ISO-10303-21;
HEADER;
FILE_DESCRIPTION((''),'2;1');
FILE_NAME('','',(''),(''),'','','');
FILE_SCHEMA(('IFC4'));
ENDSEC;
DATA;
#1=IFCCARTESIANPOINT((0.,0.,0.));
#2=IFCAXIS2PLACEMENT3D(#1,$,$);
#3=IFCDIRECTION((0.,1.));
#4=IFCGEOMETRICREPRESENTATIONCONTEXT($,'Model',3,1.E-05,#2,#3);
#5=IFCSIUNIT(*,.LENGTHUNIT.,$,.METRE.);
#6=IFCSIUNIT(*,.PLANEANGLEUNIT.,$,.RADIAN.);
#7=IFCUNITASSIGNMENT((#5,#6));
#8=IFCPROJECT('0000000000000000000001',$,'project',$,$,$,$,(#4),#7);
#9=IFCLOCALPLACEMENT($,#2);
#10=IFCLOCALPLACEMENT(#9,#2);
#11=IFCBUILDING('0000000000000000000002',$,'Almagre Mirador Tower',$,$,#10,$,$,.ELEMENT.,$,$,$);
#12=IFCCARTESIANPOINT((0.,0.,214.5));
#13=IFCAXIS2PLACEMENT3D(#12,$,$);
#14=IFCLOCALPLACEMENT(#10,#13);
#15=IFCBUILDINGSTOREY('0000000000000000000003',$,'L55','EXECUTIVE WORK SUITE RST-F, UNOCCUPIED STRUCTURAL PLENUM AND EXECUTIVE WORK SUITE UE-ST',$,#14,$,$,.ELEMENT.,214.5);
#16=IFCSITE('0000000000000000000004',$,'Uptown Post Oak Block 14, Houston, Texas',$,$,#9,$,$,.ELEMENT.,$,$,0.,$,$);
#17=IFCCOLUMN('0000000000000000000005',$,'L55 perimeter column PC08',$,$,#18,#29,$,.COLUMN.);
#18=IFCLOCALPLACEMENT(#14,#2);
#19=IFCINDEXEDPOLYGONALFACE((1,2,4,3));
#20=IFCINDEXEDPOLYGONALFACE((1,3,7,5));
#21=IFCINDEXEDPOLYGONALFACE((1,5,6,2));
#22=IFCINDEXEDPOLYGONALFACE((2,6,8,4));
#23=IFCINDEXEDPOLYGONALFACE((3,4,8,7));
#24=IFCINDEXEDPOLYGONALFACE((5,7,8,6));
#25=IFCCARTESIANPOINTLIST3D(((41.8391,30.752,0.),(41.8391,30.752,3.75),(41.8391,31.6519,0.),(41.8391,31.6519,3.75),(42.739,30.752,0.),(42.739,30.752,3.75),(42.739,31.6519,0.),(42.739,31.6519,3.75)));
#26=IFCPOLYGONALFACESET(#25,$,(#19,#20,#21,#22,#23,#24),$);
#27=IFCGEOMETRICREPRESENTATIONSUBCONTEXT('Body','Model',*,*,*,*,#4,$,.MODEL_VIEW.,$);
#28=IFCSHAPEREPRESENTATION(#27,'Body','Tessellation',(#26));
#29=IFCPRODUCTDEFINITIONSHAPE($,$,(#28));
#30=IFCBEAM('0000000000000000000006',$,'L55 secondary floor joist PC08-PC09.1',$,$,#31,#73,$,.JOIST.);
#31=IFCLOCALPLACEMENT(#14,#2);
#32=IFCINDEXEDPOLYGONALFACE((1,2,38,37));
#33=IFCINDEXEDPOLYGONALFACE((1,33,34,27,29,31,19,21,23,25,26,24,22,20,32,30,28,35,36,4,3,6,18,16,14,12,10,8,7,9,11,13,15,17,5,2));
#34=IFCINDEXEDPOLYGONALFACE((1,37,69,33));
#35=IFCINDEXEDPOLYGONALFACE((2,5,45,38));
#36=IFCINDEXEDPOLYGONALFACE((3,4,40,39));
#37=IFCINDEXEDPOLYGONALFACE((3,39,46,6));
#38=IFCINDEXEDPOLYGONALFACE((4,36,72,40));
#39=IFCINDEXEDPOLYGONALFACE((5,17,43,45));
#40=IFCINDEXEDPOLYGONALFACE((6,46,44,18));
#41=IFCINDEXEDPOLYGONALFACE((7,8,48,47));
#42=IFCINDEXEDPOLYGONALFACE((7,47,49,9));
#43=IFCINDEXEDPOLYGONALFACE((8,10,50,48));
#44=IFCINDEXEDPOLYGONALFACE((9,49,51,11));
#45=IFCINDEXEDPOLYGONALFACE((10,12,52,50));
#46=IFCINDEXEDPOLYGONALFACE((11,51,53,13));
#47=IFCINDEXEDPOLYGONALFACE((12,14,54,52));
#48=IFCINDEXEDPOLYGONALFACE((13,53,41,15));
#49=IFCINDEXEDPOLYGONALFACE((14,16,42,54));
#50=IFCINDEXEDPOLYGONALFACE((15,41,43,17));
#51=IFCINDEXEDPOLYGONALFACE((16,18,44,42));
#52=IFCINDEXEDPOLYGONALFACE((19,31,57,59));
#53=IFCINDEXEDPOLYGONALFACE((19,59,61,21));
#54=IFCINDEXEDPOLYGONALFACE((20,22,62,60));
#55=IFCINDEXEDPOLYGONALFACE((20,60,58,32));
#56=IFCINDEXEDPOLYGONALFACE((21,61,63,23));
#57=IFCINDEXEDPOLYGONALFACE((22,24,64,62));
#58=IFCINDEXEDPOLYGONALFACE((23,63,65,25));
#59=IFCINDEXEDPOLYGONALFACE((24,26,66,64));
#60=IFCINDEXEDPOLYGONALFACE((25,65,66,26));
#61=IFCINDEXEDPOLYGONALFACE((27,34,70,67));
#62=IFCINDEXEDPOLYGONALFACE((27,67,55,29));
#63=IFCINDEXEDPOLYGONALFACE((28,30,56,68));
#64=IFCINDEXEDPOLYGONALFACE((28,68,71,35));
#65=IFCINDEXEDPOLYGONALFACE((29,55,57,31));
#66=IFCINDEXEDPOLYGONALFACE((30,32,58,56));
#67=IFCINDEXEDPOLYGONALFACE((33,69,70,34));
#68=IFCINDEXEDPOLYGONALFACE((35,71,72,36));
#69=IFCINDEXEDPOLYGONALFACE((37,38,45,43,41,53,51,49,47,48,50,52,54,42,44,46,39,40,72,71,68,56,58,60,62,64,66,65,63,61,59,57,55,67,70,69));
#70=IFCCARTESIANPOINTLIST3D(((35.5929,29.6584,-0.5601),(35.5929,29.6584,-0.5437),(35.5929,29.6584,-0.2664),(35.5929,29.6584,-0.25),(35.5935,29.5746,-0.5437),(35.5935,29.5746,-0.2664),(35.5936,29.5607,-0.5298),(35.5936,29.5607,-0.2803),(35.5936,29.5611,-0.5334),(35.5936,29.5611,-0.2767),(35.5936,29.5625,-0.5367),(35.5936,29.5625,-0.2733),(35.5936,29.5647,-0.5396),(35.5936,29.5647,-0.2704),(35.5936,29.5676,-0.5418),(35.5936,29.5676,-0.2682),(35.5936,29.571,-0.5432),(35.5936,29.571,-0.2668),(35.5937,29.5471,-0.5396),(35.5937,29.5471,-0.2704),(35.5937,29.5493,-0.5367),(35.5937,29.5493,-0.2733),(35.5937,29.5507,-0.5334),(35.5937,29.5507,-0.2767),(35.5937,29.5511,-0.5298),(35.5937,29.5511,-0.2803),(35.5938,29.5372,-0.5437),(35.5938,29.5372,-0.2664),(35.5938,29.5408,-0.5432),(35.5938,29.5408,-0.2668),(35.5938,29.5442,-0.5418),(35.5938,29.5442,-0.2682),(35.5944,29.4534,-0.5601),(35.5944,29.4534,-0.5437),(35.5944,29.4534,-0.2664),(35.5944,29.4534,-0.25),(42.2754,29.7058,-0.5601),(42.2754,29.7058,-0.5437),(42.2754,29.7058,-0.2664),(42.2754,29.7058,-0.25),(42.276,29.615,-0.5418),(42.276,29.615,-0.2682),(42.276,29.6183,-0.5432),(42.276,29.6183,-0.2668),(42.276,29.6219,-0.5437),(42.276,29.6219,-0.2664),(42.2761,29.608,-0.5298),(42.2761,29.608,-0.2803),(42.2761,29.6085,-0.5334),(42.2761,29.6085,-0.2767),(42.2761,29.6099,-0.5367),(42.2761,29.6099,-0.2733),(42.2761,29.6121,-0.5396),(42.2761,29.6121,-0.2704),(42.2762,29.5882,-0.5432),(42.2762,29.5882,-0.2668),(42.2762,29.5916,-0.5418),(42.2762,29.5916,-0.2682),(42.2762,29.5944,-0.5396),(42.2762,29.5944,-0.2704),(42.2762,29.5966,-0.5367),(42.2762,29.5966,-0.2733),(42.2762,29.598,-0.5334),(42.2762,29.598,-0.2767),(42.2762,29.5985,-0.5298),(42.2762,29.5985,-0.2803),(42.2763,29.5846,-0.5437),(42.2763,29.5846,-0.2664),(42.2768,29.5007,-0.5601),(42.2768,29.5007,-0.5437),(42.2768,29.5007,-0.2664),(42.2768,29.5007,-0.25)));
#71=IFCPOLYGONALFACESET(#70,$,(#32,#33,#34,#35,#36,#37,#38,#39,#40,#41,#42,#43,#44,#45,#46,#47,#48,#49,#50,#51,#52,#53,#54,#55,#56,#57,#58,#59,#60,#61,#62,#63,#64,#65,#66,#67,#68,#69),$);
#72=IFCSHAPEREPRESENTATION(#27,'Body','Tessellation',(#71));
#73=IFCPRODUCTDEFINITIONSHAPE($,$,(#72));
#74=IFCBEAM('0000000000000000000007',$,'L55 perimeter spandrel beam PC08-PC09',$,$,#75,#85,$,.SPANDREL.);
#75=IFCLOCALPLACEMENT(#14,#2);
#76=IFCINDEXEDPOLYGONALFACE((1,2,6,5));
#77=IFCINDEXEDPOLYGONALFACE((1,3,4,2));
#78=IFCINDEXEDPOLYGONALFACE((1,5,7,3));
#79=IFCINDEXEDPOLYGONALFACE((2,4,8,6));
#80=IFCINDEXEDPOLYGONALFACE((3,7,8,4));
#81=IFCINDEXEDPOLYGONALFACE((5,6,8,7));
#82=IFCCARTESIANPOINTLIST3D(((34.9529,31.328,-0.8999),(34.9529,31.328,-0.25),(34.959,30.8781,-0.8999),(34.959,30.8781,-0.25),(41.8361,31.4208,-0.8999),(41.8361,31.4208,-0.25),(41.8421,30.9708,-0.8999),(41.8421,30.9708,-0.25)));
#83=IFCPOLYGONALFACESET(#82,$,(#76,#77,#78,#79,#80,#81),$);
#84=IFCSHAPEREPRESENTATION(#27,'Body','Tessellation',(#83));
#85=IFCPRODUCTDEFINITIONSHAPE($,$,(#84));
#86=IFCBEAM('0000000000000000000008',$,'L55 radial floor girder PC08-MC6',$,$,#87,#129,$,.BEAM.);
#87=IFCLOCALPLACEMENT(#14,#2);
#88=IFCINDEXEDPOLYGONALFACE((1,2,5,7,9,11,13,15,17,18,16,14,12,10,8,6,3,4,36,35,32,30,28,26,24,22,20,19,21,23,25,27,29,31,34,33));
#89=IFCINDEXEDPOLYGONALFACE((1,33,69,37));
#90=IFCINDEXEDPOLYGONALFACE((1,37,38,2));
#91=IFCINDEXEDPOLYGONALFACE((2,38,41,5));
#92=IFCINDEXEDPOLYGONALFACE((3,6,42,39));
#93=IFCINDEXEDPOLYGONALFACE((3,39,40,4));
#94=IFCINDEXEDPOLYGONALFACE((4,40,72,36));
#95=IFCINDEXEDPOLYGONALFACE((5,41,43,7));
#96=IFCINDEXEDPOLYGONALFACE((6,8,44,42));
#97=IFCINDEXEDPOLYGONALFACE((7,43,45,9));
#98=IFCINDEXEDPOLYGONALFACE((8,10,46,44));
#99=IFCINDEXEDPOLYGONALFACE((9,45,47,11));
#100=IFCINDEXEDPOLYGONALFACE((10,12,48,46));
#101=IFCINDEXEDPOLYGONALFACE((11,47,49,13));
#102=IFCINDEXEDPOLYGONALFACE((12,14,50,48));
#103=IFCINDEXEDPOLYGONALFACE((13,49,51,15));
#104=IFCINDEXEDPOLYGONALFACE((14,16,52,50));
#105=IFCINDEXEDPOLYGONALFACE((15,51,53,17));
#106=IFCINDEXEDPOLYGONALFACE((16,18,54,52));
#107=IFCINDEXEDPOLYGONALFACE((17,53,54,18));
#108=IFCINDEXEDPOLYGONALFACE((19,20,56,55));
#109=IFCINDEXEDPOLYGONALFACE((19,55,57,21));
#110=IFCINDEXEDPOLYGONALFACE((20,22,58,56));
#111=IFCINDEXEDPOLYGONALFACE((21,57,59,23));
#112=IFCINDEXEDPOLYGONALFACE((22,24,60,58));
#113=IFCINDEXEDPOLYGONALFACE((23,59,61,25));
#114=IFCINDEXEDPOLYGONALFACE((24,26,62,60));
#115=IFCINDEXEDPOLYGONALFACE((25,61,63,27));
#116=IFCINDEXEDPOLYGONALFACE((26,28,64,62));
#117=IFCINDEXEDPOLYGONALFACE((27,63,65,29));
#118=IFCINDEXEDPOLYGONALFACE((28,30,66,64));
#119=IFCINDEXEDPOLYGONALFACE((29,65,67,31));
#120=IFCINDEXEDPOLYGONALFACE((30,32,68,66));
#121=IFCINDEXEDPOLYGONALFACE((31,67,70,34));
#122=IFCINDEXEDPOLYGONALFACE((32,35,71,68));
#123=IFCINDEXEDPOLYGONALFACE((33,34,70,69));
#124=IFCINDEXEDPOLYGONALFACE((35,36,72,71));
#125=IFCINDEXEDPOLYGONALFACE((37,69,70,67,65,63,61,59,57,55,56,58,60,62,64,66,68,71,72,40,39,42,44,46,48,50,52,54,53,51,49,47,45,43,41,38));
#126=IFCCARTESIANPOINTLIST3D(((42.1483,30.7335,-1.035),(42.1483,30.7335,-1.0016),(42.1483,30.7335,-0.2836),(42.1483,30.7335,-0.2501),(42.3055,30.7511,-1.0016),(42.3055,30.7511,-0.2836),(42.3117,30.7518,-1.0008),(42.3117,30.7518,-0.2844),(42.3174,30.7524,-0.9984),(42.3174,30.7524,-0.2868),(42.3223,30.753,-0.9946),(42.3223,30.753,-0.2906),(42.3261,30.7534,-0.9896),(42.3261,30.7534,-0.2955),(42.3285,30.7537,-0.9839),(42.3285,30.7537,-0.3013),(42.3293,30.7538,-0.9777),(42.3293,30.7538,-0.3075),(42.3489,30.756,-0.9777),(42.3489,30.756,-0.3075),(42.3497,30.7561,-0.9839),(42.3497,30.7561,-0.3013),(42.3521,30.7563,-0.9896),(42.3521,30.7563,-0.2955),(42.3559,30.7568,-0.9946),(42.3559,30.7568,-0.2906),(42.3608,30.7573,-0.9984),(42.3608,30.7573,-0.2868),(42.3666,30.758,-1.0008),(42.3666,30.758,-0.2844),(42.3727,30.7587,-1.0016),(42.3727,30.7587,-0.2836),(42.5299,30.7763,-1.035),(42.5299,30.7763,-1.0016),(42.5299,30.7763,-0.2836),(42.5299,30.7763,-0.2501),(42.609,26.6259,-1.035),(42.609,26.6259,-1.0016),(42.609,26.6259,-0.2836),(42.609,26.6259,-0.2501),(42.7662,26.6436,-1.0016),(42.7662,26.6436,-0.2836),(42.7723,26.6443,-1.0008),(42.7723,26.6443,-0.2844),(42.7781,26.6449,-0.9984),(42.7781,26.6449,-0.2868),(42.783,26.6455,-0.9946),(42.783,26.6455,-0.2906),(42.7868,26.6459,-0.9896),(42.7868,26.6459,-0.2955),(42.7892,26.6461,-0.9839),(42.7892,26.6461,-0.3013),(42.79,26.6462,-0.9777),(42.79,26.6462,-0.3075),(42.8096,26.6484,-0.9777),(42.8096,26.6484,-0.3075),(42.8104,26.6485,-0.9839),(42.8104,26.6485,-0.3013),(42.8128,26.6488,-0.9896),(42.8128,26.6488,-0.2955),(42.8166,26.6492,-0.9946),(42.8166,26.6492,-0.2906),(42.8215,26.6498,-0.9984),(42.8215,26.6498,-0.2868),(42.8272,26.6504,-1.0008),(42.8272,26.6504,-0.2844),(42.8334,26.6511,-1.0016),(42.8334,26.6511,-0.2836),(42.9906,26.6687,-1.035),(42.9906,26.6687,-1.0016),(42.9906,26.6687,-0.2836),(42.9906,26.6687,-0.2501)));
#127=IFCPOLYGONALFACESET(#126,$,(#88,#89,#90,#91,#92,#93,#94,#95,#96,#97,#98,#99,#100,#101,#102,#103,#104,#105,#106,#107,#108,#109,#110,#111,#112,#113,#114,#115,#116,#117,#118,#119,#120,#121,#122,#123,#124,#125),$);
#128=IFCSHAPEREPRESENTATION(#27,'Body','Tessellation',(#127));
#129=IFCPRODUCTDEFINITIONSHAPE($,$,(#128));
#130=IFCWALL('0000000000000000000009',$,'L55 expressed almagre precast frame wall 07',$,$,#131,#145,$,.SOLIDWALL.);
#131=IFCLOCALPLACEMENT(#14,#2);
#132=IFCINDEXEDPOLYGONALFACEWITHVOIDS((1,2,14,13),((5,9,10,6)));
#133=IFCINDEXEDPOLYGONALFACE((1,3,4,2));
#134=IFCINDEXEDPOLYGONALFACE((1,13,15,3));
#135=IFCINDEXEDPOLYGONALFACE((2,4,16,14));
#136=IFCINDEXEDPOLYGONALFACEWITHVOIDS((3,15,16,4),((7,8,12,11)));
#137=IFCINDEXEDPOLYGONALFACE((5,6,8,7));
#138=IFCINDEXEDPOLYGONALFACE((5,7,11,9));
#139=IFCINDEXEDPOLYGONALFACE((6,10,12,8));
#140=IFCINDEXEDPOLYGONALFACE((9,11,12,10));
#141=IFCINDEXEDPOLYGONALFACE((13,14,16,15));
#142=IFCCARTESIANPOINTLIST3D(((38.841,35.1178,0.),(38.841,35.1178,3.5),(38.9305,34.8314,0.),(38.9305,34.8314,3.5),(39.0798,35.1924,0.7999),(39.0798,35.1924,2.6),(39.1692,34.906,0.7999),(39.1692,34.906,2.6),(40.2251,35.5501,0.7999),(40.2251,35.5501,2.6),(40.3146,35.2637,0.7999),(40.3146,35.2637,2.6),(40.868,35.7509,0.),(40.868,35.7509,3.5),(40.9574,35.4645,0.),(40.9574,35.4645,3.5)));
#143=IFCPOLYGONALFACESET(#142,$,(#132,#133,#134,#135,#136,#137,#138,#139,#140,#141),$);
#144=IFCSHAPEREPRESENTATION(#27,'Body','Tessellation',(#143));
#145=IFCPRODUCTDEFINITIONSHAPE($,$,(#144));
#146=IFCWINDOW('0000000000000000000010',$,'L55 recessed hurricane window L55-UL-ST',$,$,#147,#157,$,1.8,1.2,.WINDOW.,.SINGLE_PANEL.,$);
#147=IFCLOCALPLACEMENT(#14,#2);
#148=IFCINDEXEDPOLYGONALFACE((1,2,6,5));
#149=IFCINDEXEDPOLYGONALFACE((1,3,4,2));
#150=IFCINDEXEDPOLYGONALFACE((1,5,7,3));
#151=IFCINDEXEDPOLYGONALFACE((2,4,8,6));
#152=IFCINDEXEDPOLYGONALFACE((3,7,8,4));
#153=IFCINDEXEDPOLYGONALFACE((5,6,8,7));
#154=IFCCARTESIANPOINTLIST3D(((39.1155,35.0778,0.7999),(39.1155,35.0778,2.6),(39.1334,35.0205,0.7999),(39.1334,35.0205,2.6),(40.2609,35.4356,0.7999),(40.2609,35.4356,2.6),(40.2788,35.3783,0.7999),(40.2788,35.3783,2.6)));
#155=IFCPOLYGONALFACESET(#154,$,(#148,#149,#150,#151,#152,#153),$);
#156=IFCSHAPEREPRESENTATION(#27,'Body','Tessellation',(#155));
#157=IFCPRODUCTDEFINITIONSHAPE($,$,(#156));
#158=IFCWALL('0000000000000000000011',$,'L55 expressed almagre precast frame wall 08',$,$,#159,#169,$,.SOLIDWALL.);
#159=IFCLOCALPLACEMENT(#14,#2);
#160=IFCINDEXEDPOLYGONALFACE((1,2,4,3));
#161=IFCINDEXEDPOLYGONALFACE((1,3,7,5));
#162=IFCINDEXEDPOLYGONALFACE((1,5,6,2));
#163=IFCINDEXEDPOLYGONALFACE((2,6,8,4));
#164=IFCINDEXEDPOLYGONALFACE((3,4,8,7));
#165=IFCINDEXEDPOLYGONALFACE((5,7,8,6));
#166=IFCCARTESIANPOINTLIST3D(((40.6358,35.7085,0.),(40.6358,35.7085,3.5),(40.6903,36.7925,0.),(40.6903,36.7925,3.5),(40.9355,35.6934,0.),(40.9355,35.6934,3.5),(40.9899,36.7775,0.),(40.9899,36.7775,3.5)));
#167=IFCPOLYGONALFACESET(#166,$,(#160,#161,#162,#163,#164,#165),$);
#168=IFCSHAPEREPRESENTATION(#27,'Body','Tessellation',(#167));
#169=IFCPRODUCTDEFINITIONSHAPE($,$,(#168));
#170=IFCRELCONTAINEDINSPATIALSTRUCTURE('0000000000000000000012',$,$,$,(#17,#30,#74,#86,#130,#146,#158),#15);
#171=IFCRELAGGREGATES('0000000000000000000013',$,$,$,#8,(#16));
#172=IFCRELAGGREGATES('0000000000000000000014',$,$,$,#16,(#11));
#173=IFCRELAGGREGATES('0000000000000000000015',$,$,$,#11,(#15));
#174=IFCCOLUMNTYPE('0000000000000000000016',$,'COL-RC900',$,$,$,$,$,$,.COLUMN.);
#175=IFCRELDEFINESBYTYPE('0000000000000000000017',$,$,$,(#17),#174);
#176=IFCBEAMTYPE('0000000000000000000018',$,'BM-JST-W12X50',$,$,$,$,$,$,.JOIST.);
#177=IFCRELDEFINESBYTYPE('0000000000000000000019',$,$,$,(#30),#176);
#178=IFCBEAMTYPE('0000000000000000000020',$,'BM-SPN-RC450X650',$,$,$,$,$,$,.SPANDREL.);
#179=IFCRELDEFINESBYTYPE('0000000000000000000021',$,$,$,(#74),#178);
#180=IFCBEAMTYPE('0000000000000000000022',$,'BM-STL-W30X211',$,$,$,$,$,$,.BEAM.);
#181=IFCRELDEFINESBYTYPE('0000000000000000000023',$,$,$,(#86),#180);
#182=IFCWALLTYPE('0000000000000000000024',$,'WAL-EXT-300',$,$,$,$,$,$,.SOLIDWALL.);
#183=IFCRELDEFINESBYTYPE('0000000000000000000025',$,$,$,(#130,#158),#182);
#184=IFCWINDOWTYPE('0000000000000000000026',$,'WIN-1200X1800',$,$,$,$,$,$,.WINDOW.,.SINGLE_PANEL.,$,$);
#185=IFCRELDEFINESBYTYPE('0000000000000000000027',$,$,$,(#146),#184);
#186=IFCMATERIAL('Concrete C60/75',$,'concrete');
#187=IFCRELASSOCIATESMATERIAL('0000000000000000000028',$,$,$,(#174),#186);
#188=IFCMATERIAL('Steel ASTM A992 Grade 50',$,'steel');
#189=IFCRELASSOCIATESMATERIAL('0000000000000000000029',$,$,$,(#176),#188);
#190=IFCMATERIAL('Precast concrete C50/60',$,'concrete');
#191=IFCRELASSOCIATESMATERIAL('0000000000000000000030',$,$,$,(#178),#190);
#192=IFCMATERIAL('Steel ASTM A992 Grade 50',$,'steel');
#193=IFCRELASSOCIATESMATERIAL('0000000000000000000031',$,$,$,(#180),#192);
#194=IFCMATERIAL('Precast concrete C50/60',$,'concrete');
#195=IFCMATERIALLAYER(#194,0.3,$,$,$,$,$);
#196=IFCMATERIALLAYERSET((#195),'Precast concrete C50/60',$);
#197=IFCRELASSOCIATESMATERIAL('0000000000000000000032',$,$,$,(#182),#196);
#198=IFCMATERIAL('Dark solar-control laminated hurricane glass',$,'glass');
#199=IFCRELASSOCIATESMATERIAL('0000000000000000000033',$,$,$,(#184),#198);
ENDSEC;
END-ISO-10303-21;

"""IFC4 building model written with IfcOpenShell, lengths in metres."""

from ifc_helpers import new_model, si_unit, direction, frame, frame_2d, origin, origin_2d, place, context, subcontext, project, spatial, rectangle, i_section, extrude, material, layer, layer_set, material_profile, profile_set, type_object, element, fill, save


model = new_model("IFC4")

# Units and contexts
model_context = context("Model", 3, precision=1e-05, world=origin(), true_north=direction((0.0, 1.0)))
body_context = subcontext(model_context, "Body", "Model", "MODEL_VIEW")
ifc_project = project(units=[si_unit("LENGTHUNIT", "METRE"), si_unit("PLANEANGLEUNIT", "RADIAN")], contexts=[model_context])

# Site, building, storey
site_placement = place(None, origin())
site = spatial("IfcSite", under=ifc_project, at=site_placement, Name="Uptown Post Oak Block 14, Houston, Texas", CompositionType="ELEMENT", RefElevation=0.0)
building_placement = place(site_placement, origin())
building = spatial("IfcBuilding", under=site, at=building_placement, Name="Almagre Mirador Tower", CompositionType="ELEMENT")
storey_placement = place(building_placement, frame((0.0, 0.0, 214.5)))
storey = spatial("IfcBuildingStorey", under=building, at=storey_placement, Name="L55", Description="EXECUTIVE WORK SUITE RST-F, UNOCCUPIED STRUCTURAL PLENUM AND EXECUTIVE WORK SUITE UE-ST", CompositionType="ELEMENT", Elevation=214.5)

# Column
ifc_material_1 = material(Name="Concrete C60/75", Category="concrete")
ifc_material_profile_1 = material_profile(ifc_material_1, rectangle(XDim=0.8999, YDim=0.8999, at=origin_2d()), Name="RC900X900")
ifc_profile_set_1 = profile_set([ifc_material_profile_1], Name="Concrete C60/75")
column_type = type_object("IfcColumnType", Name="COL-RC900", PredefinedType="COLUMN", material=ifc_profile_set_1)
column_placement = place(storey_placement, frame((42.2891, 31.2019, 0.0), z_axis=(0.0, 0.0, 1.0), x_axis=(1.0, 0.0, 0.0)))
element("IfcColumn", 1, at=column_placement, inside=storey, type_object=column_type, Name="L55 perimeter column PC08", PredefinedType="COLUMN", context=body_context, shape_type="SweptSolid", body=[
    extrude(rectangle(XDim=0.8999, YDim=0.8999, at=origin_2d()), origin(), (0.0, 0.0, 1.0), 3.75),
])

# Beams
ifc_material_2 = material(Name="Steel ASTM A992 Grade 50", Category="steel")
ifc_material_profile_2 = material_profile(ifc_material_2, i_section(OverallWidth=0.2051, OverallDepth=0.3101, WebThickness=0.0095, FlangeThickness=0.0164, FilletRadius=0.0139, at=origin_2d()), Name="W12X50")
ifc_profile_set_2 = profile_set([ifc_material_profile_2], Name="Steel ASTM A992 Grade 50")
beam_type_1 = type_object("IfcBeamType", Name="BM-JST-W12X50", PredefinedType="JOIST", material=ifc_profile_set_2)
beam_1_placement = place(storey_placement, frame((42.2761, 29.6033, -0.405), z_axis=(-0.999975, -0.007088, 0.0), x_axis=(0.007088, -0.999975, 0.0)))
element("IfcBeam", 2, at=beam_1_placement, inside=storey, type_object=beam_type_1, Name="L55 secondary floor joist PC08-PC09.1", PredefinedType="JOIST", context=body_context, shape_type="SweptSolid", body=[
    extrude(i_section(OverallWidth=0.2051, OverallDepth=0.3101, WebThickness=0.0095, FlangeThickness=0.0164, FilletRadius=0.0139, at=origin_2d()), origin(), (0.0, 0.0, 1.0), 6.6826),
])
ifc_material_3 = material(Name="Precast concrete C50/60", Category="concrete")
ifc_material_profile_3 = material_profile(ifc_material_3, rectangle(XDim=0.45, YDim=0.6499, at=origin_2d()), Name="RC450X650")
ifc_profile_set_3 = profile_set([ifc_material_profile_3], Name="Precast concrete C50/60")
beam_type_2 = type_object("IfcBeamType", Name="BM-SPN-RC450X650", PredefinedType="SPANDREL", material=ifc_profile_set_3)
beam_2_placement = place(storey_placement, frame((41.8391, 31.1958, -0.575), z_axis=(-0.999909, -0.013477, 0.0), x_axis=(0.013477, -0.999909, 0.0)))
element("IfcBeam", 3, at=beam_2_placement, inside=storey, type_object=beam_type_2, Name="L55 perimeter spandrel beam PC08-PC09", PredefinedType="SPANDREL", context=body_context, shape_type="SweptSolid", body=[
    extrude(rectangle(XDim=0.45, YDim=0.6499, at=origin_2d()), origin(), (0.0, 0.0, 1.0), 6.8838),
])
ifc_material_4 = material(Name="Steel ASTM A992 Grade 50", Category="steel")
ifc_material_profile_4 = material_profile(ifc_material_4, i_section(OverallWidth=0.384, OverallDepth=0.7849, WebThickness=0.0198, FlangeThickness=0.0334, FilletRadius=0.0239, at=origin_2d()), Name="W30X211")
ifc_profile_set_4 = profile_set([ifc_material_profile_4], Name="Steel ASTM A992 Grade 50")
beam_type_3 = type_object("IfcBeamType", Name="BM-STL-W30X211", PredefinedType="BEAM", material=ifc_profile_set_4)
beam_3_placement = place(storey_placement, frame((42.3391, 30.7549, -0.6426), z_axis=(0.111456, -0.993769, 0.0), x_axis=(0.993769, 0.111456, 0.0)))
element("IfcBeam", 4, at=beam_3_placement, inside=storey, type_object=beam_type_3, Name="L55 radial floor girder PC08-MC6", PredefinedType="BEAM", context=body_context, shape_type="SweptSolid", body=[
    extrude(i_section(OverallWidth=0.384, OverallDepth=0.7849, WebThickness=0.0198, FlangeThickness=0.0334, FilletRadius=0.0239, at=origin_2d()), origin(), (0.0, 0.0, 1.0), 4.1333),
])

# Wall, opening, window
ifc_material_5 = material(Name="Precast concrete C50/60", Category="concrete")
ifc_layer_1 = layer(ifc_material_5, 0.3)
ifc_layer_set_1 = layer_set([ifc_layer_1], Name="Precast concrete C50/60")
wall_type_1 = type_object("IfcWallType", Name="WAL-EXT-300", PredefinedType="SOLIDWALL", material=ifc_layer_set_1)
wall_1_placement = place(storey_placement, frame((38.8857, 34.9746, 0.0), z_axis=(0.0, 0.0, 1.0), x_axis=(0.954525, 0.298131, 0.0)))
wall_1 = element("IfcWall", 5, at=wall_1_placement, inside=storey, type_object=wall_type_1, Name="L55 expressed almagre precast frame wall 07", PredefinedType="SOLIDWALL", context=body_context, shape_type="SweptSolid", body=[
    extrude(rectangle(XDim=2.1235, YDim=0.3, at=frame_2d((1.0618, 0.0))), origin(), (0.0, 0.0, 1.0), 3.5),
])
opening_1_placement = place(wall_1_placement, frame((0.25, 0.0, 0.8)))
opening_1 = element("IfcOpeningElement", 6, at=opening_1_placement, cuts=wall_1, PredefinedType="OPENING", context=body_context, shape_type="SweptSolid", body=[
    extrude(rectangle(XDim=1.2, YDim=1.8, at=frame_2d((0.6001, 0.8999))), frame((0.0, 0.1599, 0.0), z_axis=(0.0, -1.0, 0.0), x_axis=(1.0, 0.0, 0.0)), (0.0, 0.0, 1.0), 0.32),
])
ifc_material_6 = material(Name="Dark solar-control laminated hurricane glass", Category="glass")
window_type_1 = type_object("IfcWindowType", Name="WIN-1200X1800", PartitioningType="SINGLE_PANEL", PredefinedType="WINDOW", material=ifc_material_6)
window_1_placement = place(opening_1_placement, origin())
window_1 = element("IfcWindow", 7, at=window_1_placement, inside=storey, type_object=window_type_1, Name="L55 recessed hurricane window L55-UL-ST", OverallHeight=1.8, OverallWidth=1.2, PartitioningType="SINGLE_PANEL", PredefinedType="WINDOW", context=body_context, shape_type="SweptSolid", body=[
    extrude(rectangle(XDim=1.2, YDim=1.8, at=frame_2d((0.6001, 0.8999))), frame((0.0, 0.03, 0.0), z_axis=(0.0, -1.0, 0.0), x_axis=(1.0, 0.0, 0.0)), (0.0, 0.0, 1.0), 0.0601),
])
fill(opening_1, window_1)

# Wall
wall_2_placement = place(storey_placement, frame((40.7856, 35.7009, 0.0), z_axis=(0.0, 0.0, 1.0), x_axis=(0.050162, 0.998741, 0.0)))
element("IfcWall", 8, at=wall_2_placement, inside=storey, type_object=wall_type_1, Name="L55 expressed almagre precast frame wall 08", PredefinedType="SOLIDWALL", context=body_context, shape_type="SweptSolid", body=[
    extrude(rectangle(XDim=1.0854, YDim=0.3, at=frame_2d((0.5427, 0.0))), origin(), (0.0, 0.0, 1.0), 3.5),
])

save(model, "model.ifc")
